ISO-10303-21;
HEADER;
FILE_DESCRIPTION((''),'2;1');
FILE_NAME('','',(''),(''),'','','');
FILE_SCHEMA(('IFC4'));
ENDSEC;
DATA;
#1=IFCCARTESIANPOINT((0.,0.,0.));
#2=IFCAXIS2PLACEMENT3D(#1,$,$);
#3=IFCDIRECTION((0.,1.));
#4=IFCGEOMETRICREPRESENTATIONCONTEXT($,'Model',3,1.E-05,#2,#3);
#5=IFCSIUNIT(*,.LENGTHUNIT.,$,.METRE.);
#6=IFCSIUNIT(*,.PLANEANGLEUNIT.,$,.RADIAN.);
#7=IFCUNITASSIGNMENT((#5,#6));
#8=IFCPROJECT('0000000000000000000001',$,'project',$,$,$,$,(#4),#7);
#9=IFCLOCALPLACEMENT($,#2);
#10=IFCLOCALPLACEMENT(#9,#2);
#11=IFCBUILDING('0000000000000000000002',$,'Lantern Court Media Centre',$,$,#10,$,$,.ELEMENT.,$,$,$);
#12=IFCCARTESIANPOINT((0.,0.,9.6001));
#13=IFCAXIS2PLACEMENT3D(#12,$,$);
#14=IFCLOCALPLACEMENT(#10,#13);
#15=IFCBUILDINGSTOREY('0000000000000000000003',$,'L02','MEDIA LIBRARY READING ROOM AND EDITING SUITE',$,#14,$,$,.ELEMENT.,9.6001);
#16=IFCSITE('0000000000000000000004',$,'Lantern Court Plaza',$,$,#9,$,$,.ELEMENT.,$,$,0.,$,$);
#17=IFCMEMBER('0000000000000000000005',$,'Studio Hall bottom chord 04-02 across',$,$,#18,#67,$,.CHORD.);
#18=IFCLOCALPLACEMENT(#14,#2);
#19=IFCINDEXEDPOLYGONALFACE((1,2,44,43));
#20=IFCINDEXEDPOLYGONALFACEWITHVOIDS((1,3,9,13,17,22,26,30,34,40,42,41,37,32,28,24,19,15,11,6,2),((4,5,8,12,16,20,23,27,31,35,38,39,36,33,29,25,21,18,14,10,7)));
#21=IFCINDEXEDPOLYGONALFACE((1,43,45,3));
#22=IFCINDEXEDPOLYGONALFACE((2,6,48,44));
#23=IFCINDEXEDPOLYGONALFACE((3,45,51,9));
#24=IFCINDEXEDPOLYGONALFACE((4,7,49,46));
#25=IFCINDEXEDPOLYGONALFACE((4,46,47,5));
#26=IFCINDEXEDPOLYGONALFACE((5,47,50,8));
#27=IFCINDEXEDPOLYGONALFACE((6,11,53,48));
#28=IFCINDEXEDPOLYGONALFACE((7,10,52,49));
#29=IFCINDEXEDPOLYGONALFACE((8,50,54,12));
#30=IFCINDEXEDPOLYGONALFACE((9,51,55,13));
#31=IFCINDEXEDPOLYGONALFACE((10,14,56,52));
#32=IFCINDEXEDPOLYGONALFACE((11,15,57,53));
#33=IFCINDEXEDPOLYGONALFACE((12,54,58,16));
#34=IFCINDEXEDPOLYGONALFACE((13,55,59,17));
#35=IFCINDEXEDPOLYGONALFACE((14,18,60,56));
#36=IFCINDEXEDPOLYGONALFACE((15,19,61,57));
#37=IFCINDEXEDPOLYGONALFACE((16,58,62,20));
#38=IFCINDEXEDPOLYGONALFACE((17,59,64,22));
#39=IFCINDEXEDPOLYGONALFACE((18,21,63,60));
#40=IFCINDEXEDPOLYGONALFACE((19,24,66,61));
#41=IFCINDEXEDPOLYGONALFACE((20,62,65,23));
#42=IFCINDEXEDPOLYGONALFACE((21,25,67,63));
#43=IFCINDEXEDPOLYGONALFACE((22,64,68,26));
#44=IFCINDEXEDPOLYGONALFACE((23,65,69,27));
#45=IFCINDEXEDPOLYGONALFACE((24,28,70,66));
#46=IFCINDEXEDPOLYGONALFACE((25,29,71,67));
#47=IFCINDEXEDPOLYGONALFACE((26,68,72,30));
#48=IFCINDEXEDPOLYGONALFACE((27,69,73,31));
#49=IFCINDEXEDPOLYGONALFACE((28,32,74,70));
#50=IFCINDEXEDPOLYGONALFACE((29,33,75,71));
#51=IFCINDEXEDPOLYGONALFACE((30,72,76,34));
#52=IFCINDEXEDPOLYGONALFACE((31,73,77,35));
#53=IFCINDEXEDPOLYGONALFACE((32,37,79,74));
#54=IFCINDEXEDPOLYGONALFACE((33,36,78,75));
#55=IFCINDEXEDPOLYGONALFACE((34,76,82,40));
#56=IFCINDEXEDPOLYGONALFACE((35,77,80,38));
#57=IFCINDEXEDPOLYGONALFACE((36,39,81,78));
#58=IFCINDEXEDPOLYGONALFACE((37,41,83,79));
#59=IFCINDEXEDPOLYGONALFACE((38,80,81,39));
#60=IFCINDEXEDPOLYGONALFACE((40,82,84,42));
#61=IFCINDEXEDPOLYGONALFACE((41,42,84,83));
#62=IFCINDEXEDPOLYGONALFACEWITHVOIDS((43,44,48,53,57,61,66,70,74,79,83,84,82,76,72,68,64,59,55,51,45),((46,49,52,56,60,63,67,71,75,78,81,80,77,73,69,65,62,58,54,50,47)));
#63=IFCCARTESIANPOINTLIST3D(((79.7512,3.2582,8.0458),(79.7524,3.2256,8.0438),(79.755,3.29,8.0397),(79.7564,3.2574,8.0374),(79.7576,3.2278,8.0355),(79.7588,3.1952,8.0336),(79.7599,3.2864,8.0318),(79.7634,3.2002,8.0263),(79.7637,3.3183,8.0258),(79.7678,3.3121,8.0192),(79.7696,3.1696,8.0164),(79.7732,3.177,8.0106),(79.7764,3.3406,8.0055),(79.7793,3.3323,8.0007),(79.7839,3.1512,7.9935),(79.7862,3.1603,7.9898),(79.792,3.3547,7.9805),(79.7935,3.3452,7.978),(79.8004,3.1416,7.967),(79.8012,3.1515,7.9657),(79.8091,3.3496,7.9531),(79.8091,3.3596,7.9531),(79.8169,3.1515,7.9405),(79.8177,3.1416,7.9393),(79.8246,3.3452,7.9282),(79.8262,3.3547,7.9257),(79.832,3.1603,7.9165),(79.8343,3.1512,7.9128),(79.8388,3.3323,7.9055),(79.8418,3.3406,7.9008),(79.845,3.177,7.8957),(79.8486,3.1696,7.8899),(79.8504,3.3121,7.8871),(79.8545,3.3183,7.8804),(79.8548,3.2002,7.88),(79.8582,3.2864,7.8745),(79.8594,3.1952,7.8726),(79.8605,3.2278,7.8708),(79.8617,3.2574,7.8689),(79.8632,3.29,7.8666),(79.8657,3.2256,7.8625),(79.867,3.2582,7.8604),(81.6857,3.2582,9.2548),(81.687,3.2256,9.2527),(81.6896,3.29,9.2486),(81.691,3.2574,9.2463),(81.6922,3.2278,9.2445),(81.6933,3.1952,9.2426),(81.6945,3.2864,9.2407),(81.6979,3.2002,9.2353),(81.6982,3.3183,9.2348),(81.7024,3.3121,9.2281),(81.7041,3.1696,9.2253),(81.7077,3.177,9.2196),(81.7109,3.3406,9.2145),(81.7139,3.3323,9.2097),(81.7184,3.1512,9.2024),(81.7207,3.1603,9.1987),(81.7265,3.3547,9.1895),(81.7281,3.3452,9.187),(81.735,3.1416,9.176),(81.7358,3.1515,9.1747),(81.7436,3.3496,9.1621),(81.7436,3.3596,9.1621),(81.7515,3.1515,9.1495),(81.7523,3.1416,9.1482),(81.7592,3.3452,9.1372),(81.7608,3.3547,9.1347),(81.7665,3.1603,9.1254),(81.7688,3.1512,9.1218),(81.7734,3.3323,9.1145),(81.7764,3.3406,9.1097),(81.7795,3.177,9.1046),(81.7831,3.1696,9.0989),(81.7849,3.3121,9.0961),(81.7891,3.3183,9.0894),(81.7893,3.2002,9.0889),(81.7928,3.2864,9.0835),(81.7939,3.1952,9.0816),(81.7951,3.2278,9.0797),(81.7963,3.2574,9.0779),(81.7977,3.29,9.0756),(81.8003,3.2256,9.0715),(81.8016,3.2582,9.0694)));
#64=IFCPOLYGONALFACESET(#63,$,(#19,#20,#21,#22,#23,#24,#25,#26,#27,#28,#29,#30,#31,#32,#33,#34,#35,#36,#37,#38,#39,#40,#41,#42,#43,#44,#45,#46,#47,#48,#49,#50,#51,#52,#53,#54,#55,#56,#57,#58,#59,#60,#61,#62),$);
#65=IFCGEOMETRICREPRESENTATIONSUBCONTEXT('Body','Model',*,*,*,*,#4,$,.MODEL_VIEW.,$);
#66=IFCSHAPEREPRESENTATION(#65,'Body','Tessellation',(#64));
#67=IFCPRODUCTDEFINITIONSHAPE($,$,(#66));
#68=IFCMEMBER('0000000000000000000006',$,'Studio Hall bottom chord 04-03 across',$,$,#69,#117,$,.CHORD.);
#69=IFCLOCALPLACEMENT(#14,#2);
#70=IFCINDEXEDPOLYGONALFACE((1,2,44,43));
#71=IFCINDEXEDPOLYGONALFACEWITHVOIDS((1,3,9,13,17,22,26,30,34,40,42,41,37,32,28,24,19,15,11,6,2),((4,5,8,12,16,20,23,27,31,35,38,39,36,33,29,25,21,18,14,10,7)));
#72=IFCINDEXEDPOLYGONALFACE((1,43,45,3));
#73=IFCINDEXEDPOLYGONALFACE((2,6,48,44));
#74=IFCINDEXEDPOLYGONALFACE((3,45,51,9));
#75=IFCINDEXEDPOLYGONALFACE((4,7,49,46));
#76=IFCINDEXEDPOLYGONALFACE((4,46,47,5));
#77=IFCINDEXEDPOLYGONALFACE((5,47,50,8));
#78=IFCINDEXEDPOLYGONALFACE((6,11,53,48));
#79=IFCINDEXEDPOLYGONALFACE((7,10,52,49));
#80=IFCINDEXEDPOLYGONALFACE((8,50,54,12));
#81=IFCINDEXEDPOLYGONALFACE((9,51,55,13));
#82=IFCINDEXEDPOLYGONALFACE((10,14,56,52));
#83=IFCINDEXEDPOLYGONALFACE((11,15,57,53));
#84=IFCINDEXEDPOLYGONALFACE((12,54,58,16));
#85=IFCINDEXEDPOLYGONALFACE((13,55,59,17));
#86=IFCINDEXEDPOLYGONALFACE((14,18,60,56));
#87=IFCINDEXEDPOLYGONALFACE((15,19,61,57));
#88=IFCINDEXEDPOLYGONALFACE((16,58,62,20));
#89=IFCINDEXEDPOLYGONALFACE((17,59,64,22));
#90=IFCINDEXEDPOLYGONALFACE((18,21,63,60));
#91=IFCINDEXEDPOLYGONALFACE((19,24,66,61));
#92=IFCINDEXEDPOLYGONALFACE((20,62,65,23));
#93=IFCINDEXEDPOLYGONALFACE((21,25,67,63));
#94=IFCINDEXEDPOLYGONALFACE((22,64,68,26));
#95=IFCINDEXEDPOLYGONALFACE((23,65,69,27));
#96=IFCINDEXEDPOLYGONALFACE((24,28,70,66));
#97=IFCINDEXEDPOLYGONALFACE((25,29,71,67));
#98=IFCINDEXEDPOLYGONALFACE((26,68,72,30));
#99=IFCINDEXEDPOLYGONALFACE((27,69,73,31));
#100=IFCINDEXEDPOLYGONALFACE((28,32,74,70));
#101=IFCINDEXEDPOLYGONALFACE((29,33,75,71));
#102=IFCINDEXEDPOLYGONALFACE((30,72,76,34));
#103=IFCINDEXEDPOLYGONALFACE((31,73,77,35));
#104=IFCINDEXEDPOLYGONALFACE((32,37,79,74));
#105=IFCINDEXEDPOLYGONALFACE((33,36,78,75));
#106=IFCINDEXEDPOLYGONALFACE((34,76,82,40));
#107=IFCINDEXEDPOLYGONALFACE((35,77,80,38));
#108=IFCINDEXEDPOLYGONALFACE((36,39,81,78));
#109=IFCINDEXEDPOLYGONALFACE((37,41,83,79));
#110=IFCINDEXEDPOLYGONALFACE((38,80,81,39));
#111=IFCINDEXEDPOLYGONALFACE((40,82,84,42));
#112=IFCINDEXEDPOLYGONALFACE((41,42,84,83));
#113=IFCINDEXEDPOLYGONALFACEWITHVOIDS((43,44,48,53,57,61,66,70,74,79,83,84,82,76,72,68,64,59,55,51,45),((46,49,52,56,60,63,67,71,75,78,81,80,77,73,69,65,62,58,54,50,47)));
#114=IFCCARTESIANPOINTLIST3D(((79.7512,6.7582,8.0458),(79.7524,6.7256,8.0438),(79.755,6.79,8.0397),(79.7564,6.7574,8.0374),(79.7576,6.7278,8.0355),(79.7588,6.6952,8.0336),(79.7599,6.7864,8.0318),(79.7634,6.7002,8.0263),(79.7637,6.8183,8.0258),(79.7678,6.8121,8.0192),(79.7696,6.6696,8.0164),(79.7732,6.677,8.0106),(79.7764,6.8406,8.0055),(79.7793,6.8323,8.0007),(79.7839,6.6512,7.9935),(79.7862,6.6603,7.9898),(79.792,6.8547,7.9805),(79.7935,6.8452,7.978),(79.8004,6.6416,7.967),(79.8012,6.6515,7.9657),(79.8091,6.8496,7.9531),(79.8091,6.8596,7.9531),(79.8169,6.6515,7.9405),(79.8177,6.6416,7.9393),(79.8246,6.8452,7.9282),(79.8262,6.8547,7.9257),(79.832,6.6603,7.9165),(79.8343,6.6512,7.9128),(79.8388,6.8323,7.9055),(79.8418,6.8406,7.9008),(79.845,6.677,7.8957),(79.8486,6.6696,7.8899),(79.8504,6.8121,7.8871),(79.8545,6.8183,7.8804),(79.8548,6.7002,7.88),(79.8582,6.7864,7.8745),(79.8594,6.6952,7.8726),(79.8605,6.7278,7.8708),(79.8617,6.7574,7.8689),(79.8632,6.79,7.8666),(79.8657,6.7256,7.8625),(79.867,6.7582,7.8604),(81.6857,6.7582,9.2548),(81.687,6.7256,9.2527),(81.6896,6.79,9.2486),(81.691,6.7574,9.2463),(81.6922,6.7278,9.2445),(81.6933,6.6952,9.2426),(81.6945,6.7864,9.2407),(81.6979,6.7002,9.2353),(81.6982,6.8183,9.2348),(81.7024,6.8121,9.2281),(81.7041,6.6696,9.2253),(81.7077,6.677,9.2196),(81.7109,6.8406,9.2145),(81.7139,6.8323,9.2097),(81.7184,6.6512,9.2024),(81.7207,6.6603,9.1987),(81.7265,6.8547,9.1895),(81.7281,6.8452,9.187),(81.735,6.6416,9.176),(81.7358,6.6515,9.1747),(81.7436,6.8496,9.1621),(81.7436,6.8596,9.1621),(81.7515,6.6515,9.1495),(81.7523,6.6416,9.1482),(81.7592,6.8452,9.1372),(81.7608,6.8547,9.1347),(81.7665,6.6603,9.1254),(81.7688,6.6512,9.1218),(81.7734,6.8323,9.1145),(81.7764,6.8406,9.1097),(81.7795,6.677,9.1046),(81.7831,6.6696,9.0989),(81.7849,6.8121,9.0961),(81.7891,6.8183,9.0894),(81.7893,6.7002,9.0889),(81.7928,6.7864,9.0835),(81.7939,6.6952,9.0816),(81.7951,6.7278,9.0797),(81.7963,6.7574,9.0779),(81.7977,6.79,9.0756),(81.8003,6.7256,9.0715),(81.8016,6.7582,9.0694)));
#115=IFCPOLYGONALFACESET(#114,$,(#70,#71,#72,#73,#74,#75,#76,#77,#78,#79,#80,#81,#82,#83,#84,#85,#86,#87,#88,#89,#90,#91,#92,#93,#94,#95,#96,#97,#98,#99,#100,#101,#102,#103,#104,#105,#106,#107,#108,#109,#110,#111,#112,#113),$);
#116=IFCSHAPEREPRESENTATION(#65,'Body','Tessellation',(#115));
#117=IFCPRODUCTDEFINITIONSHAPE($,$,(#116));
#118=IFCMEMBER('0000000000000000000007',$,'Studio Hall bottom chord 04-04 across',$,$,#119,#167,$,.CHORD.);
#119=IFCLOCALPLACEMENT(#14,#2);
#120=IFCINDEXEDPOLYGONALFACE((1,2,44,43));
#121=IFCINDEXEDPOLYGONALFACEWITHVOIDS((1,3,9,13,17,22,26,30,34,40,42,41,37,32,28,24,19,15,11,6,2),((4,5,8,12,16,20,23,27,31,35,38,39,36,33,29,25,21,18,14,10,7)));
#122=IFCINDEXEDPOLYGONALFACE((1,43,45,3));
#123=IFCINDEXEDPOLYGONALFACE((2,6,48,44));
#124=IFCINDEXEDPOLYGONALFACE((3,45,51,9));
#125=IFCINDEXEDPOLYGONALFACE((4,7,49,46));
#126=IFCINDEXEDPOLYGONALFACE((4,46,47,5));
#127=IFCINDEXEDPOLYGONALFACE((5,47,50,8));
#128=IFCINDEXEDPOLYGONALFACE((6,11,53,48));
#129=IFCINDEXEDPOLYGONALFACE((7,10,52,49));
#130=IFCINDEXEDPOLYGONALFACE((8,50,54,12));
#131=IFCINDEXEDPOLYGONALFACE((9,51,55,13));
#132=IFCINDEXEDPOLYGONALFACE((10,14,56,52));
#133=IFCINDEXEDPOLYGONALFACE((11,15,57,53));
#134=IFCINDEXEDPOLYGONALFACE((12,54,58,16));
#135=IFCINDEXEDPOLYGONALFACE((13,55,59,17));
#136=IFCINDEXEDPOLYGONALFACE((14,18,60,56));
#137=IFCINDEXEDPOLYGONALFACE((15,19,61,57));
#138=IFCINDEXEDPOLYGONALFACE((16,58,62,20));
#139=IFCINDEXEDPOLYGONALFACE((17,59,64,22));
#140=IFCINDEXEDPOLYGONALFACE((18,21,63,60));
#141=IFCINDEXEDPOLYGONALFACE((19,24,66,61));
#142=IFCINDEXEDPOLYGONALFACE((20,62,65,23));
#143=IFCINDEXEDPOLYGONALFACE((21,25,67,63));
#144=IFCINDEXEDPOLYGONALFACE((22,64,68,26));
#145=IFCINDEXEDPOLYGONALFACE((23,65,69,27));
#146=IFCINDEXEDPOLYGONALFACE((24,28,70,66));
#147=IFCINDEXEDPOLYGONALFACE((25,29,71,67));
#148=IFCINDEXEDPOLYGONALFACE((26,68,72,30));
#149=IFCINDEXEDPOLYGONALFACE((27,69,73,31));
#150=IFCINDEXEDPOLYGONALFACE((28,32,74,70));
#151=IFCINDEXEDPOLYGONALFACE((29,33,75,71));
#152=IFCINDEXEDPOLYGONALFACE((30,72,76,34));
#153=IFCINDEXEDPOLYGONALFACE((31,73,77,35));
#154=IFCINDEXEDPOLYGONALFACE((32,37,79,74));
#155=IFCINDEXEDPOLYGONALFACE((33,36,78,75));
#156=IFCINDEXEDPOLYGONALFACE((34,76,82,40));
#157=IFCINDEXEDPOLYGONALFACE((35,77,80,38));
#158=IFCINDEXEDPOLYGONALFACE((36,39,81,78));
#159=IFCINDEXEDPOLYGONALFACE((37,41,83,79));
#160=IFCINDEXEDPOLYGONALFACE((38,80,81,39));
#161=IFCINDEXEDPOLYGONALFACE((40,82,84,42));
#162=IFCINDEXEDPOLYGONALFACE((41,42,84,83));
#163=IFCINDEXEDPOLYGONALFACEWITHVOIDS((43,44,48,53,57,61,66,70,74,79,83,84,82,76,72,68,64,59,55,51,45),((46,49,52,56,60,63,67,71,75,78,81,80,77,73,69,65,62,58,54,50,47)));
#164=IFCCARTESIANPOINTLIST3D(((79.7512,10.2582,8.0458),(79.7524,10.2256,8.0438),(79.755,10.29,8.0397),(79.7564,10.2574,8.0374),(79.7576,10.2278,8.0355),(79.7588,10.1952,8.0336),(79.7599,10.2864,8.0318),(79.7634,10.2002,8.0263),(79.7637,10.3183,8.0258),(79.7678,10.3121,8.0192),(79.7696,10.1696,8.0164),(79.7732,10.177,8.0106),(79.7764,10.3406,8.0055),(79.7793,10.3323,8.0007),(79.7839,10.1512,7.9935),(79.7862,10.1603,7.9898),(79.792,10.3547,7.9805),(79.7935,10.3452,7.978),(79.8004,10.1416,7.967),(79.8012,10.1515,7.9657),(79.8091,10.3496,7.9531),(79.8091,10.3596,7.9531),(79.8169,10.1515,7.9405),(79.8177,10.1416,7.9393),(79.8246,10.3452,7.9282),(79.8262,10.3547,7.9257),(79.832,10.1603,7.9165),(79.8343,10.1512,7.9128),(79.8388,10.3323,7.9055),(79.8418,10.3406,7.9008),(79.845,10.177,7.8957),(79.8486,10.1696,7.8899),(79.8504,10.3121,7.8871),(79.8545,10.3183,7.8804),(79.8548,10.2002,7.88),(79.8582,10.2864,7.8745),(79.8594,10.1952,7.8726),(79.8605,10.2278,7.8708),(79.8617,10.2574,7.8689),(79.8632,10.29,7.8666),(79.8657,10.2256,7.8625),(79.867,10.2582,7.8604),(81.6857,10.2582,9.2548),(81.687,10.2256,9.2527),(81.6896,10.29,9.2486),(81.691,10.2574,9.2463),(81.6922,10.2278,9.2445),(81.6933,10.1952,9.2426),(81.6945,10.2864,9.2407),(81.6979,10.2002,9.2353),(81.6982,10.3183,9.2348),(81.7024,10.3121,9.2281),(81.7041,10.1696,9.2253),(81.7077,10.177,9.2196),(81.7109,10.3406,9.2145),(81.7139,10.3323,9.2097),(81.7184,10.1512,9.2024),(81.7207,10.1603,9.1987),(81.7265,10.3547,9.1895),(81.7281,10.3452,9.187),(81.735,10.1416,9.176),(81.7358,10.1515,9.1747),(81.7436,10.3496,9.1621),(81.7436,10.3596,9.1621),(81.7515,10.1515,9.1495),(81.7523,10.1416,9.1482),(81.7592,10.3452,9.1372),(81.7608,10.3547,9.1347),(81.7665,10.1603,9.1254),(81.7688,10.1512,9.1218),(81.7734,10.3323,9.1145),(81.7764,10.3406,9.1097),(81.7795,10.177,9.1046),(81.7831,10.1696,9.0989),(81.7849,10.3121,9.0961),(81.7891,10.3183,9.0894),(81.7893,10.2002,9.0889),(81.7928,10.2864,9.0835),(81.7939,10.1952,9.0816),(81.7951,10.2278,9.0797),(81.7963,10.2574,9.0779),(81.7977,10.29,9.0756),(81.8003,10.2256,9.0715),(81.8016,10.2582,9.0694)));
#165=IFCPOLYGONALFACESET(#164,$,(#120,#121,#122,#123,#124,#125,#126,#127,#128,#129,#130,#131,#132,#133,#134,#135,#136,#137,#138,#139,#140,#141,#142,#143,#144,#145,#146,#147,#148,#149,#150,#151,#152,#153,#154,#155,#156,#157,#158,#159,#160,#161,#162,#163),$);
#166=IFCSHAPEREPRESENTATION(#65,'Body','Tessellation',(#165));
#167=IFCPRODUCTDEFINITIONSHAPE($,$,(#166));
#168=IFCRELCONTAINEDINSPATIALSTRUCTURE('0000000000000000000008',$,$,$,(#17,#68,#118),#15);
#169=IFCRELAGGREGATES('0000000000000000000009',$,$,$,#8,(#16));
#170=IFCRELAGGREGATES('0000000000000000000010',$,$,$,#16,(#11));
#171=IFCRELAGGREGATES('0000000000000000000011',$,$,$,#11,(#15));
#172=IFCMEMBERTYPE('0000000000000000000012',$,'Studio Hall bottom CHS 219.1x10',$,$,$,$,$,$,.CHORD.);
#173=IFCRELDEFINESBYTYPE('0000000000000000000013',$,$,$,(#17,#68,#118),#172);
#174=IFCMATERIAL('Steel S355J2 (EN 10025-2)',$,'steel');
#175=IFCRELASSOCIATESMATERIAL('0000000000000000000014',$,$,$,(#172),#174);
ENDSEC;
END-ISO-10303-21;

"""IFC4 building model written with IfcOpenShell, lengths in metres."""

from ifc_helpers import new_model, si_unit, direction, frame, origin, origin_2d, place, context, subcontext, project, spatial, hollow_circle, extrude, material, material_profile, profile_set, type_object, element, save


model = new_model("IFC4")

# Units and contexts
model_context = context("Model", 3, precision=1e-05, world=origin(), true_north=direction((0.0, 1.0)))
body_context = subcontext(model_context, "Body", "Model", "MODEL_VIEW")
ifc_project = project(units=[si_unit("LENGTHUNIT", "METRE"), si_unit("PLANEANGLEUNIT", "RADIAN")], contexts=[model_context])

# Site, building, storey
site_placement = place(None, origin())
site = spatial("IfcSite", under=ifc_project, at=site_placement, Name="Lantern Court Plaza", CompositionType="ELEMENT", RefElevation=0.0)
building_placement = place(site_placement, origin())
building = spatial("IfcBuilding", under=site, at=building_placement, Name="Lantern Court Media Centre", CompositionType="ELEMENT")
storey_placement = place(building_placement, frame((0.0, 0.0, 9.6001)))
storey = spatial("IfcBuildingStorey", under=building, at=storey_placement, Name="L02", Description="MEDIA LIBRARY READING ROOM AND EDITING SUITE", CompositionType="ELEMENT", Elevation=9.6001)

# Members
ifc_material = material(Name="Steel S355J2 (EN 10025-2)", Category="steel")
ifc_material_profile_1 = material_profile(ifc_material, hollow_circle(Radius=0.1096, WallThickness=0.01, at=origin_2d()), Name="Studio Hall bottom CHS 219.1x10")
ifc_profile_set_1 = profile_set([ifc_material_profile_1], Name="Steel S355J2 (EN 10025-2)")
member_type_1 = type_object("IfcMemberType", Name="Studio Hall bottom CHS 219.1x10", PredefinedType="CHORD", material=ifc_profile_set_1)
for number, where, z_axis, x_axis, name in (
    (1, (79.8091, 3.25, 7.9531), (0.848022, 0.0, 0.52996), (0.0, 1.0, 0.0), "Studio Hall bottom chord 04-02 across"),
    (2, (79.8091, 6.75, 7.9531), (0.848022, 0.0, 0.52996), (0.0, 1.0, 0.0), "Studio Hall bottom chord 04-03 across"),
    (3, (79.8091, 10.25, 7.9531), (0.848022, 0.0, 0.52996), (0.0, 1.0, 0.0), "Studio Hall bottom chord 04-04 across"),
):
    element("IfcMember", number, at=place(storey_placement, frame(where, z_axis=z_axis, x_axis=x_axis)), inside=storey, type_object=member_type_1, Name=name, PredefinedType="CHORD", context=body_context, shape_type="SweptSolid", body=[
        extrude(hollow_circle(Radius=0.1096, WallThickness=0.01, at=origin_2d()), origin(), (0.0, 0.0, 1.0), 2.2812),
    ])

save(model, "model.ifc")
